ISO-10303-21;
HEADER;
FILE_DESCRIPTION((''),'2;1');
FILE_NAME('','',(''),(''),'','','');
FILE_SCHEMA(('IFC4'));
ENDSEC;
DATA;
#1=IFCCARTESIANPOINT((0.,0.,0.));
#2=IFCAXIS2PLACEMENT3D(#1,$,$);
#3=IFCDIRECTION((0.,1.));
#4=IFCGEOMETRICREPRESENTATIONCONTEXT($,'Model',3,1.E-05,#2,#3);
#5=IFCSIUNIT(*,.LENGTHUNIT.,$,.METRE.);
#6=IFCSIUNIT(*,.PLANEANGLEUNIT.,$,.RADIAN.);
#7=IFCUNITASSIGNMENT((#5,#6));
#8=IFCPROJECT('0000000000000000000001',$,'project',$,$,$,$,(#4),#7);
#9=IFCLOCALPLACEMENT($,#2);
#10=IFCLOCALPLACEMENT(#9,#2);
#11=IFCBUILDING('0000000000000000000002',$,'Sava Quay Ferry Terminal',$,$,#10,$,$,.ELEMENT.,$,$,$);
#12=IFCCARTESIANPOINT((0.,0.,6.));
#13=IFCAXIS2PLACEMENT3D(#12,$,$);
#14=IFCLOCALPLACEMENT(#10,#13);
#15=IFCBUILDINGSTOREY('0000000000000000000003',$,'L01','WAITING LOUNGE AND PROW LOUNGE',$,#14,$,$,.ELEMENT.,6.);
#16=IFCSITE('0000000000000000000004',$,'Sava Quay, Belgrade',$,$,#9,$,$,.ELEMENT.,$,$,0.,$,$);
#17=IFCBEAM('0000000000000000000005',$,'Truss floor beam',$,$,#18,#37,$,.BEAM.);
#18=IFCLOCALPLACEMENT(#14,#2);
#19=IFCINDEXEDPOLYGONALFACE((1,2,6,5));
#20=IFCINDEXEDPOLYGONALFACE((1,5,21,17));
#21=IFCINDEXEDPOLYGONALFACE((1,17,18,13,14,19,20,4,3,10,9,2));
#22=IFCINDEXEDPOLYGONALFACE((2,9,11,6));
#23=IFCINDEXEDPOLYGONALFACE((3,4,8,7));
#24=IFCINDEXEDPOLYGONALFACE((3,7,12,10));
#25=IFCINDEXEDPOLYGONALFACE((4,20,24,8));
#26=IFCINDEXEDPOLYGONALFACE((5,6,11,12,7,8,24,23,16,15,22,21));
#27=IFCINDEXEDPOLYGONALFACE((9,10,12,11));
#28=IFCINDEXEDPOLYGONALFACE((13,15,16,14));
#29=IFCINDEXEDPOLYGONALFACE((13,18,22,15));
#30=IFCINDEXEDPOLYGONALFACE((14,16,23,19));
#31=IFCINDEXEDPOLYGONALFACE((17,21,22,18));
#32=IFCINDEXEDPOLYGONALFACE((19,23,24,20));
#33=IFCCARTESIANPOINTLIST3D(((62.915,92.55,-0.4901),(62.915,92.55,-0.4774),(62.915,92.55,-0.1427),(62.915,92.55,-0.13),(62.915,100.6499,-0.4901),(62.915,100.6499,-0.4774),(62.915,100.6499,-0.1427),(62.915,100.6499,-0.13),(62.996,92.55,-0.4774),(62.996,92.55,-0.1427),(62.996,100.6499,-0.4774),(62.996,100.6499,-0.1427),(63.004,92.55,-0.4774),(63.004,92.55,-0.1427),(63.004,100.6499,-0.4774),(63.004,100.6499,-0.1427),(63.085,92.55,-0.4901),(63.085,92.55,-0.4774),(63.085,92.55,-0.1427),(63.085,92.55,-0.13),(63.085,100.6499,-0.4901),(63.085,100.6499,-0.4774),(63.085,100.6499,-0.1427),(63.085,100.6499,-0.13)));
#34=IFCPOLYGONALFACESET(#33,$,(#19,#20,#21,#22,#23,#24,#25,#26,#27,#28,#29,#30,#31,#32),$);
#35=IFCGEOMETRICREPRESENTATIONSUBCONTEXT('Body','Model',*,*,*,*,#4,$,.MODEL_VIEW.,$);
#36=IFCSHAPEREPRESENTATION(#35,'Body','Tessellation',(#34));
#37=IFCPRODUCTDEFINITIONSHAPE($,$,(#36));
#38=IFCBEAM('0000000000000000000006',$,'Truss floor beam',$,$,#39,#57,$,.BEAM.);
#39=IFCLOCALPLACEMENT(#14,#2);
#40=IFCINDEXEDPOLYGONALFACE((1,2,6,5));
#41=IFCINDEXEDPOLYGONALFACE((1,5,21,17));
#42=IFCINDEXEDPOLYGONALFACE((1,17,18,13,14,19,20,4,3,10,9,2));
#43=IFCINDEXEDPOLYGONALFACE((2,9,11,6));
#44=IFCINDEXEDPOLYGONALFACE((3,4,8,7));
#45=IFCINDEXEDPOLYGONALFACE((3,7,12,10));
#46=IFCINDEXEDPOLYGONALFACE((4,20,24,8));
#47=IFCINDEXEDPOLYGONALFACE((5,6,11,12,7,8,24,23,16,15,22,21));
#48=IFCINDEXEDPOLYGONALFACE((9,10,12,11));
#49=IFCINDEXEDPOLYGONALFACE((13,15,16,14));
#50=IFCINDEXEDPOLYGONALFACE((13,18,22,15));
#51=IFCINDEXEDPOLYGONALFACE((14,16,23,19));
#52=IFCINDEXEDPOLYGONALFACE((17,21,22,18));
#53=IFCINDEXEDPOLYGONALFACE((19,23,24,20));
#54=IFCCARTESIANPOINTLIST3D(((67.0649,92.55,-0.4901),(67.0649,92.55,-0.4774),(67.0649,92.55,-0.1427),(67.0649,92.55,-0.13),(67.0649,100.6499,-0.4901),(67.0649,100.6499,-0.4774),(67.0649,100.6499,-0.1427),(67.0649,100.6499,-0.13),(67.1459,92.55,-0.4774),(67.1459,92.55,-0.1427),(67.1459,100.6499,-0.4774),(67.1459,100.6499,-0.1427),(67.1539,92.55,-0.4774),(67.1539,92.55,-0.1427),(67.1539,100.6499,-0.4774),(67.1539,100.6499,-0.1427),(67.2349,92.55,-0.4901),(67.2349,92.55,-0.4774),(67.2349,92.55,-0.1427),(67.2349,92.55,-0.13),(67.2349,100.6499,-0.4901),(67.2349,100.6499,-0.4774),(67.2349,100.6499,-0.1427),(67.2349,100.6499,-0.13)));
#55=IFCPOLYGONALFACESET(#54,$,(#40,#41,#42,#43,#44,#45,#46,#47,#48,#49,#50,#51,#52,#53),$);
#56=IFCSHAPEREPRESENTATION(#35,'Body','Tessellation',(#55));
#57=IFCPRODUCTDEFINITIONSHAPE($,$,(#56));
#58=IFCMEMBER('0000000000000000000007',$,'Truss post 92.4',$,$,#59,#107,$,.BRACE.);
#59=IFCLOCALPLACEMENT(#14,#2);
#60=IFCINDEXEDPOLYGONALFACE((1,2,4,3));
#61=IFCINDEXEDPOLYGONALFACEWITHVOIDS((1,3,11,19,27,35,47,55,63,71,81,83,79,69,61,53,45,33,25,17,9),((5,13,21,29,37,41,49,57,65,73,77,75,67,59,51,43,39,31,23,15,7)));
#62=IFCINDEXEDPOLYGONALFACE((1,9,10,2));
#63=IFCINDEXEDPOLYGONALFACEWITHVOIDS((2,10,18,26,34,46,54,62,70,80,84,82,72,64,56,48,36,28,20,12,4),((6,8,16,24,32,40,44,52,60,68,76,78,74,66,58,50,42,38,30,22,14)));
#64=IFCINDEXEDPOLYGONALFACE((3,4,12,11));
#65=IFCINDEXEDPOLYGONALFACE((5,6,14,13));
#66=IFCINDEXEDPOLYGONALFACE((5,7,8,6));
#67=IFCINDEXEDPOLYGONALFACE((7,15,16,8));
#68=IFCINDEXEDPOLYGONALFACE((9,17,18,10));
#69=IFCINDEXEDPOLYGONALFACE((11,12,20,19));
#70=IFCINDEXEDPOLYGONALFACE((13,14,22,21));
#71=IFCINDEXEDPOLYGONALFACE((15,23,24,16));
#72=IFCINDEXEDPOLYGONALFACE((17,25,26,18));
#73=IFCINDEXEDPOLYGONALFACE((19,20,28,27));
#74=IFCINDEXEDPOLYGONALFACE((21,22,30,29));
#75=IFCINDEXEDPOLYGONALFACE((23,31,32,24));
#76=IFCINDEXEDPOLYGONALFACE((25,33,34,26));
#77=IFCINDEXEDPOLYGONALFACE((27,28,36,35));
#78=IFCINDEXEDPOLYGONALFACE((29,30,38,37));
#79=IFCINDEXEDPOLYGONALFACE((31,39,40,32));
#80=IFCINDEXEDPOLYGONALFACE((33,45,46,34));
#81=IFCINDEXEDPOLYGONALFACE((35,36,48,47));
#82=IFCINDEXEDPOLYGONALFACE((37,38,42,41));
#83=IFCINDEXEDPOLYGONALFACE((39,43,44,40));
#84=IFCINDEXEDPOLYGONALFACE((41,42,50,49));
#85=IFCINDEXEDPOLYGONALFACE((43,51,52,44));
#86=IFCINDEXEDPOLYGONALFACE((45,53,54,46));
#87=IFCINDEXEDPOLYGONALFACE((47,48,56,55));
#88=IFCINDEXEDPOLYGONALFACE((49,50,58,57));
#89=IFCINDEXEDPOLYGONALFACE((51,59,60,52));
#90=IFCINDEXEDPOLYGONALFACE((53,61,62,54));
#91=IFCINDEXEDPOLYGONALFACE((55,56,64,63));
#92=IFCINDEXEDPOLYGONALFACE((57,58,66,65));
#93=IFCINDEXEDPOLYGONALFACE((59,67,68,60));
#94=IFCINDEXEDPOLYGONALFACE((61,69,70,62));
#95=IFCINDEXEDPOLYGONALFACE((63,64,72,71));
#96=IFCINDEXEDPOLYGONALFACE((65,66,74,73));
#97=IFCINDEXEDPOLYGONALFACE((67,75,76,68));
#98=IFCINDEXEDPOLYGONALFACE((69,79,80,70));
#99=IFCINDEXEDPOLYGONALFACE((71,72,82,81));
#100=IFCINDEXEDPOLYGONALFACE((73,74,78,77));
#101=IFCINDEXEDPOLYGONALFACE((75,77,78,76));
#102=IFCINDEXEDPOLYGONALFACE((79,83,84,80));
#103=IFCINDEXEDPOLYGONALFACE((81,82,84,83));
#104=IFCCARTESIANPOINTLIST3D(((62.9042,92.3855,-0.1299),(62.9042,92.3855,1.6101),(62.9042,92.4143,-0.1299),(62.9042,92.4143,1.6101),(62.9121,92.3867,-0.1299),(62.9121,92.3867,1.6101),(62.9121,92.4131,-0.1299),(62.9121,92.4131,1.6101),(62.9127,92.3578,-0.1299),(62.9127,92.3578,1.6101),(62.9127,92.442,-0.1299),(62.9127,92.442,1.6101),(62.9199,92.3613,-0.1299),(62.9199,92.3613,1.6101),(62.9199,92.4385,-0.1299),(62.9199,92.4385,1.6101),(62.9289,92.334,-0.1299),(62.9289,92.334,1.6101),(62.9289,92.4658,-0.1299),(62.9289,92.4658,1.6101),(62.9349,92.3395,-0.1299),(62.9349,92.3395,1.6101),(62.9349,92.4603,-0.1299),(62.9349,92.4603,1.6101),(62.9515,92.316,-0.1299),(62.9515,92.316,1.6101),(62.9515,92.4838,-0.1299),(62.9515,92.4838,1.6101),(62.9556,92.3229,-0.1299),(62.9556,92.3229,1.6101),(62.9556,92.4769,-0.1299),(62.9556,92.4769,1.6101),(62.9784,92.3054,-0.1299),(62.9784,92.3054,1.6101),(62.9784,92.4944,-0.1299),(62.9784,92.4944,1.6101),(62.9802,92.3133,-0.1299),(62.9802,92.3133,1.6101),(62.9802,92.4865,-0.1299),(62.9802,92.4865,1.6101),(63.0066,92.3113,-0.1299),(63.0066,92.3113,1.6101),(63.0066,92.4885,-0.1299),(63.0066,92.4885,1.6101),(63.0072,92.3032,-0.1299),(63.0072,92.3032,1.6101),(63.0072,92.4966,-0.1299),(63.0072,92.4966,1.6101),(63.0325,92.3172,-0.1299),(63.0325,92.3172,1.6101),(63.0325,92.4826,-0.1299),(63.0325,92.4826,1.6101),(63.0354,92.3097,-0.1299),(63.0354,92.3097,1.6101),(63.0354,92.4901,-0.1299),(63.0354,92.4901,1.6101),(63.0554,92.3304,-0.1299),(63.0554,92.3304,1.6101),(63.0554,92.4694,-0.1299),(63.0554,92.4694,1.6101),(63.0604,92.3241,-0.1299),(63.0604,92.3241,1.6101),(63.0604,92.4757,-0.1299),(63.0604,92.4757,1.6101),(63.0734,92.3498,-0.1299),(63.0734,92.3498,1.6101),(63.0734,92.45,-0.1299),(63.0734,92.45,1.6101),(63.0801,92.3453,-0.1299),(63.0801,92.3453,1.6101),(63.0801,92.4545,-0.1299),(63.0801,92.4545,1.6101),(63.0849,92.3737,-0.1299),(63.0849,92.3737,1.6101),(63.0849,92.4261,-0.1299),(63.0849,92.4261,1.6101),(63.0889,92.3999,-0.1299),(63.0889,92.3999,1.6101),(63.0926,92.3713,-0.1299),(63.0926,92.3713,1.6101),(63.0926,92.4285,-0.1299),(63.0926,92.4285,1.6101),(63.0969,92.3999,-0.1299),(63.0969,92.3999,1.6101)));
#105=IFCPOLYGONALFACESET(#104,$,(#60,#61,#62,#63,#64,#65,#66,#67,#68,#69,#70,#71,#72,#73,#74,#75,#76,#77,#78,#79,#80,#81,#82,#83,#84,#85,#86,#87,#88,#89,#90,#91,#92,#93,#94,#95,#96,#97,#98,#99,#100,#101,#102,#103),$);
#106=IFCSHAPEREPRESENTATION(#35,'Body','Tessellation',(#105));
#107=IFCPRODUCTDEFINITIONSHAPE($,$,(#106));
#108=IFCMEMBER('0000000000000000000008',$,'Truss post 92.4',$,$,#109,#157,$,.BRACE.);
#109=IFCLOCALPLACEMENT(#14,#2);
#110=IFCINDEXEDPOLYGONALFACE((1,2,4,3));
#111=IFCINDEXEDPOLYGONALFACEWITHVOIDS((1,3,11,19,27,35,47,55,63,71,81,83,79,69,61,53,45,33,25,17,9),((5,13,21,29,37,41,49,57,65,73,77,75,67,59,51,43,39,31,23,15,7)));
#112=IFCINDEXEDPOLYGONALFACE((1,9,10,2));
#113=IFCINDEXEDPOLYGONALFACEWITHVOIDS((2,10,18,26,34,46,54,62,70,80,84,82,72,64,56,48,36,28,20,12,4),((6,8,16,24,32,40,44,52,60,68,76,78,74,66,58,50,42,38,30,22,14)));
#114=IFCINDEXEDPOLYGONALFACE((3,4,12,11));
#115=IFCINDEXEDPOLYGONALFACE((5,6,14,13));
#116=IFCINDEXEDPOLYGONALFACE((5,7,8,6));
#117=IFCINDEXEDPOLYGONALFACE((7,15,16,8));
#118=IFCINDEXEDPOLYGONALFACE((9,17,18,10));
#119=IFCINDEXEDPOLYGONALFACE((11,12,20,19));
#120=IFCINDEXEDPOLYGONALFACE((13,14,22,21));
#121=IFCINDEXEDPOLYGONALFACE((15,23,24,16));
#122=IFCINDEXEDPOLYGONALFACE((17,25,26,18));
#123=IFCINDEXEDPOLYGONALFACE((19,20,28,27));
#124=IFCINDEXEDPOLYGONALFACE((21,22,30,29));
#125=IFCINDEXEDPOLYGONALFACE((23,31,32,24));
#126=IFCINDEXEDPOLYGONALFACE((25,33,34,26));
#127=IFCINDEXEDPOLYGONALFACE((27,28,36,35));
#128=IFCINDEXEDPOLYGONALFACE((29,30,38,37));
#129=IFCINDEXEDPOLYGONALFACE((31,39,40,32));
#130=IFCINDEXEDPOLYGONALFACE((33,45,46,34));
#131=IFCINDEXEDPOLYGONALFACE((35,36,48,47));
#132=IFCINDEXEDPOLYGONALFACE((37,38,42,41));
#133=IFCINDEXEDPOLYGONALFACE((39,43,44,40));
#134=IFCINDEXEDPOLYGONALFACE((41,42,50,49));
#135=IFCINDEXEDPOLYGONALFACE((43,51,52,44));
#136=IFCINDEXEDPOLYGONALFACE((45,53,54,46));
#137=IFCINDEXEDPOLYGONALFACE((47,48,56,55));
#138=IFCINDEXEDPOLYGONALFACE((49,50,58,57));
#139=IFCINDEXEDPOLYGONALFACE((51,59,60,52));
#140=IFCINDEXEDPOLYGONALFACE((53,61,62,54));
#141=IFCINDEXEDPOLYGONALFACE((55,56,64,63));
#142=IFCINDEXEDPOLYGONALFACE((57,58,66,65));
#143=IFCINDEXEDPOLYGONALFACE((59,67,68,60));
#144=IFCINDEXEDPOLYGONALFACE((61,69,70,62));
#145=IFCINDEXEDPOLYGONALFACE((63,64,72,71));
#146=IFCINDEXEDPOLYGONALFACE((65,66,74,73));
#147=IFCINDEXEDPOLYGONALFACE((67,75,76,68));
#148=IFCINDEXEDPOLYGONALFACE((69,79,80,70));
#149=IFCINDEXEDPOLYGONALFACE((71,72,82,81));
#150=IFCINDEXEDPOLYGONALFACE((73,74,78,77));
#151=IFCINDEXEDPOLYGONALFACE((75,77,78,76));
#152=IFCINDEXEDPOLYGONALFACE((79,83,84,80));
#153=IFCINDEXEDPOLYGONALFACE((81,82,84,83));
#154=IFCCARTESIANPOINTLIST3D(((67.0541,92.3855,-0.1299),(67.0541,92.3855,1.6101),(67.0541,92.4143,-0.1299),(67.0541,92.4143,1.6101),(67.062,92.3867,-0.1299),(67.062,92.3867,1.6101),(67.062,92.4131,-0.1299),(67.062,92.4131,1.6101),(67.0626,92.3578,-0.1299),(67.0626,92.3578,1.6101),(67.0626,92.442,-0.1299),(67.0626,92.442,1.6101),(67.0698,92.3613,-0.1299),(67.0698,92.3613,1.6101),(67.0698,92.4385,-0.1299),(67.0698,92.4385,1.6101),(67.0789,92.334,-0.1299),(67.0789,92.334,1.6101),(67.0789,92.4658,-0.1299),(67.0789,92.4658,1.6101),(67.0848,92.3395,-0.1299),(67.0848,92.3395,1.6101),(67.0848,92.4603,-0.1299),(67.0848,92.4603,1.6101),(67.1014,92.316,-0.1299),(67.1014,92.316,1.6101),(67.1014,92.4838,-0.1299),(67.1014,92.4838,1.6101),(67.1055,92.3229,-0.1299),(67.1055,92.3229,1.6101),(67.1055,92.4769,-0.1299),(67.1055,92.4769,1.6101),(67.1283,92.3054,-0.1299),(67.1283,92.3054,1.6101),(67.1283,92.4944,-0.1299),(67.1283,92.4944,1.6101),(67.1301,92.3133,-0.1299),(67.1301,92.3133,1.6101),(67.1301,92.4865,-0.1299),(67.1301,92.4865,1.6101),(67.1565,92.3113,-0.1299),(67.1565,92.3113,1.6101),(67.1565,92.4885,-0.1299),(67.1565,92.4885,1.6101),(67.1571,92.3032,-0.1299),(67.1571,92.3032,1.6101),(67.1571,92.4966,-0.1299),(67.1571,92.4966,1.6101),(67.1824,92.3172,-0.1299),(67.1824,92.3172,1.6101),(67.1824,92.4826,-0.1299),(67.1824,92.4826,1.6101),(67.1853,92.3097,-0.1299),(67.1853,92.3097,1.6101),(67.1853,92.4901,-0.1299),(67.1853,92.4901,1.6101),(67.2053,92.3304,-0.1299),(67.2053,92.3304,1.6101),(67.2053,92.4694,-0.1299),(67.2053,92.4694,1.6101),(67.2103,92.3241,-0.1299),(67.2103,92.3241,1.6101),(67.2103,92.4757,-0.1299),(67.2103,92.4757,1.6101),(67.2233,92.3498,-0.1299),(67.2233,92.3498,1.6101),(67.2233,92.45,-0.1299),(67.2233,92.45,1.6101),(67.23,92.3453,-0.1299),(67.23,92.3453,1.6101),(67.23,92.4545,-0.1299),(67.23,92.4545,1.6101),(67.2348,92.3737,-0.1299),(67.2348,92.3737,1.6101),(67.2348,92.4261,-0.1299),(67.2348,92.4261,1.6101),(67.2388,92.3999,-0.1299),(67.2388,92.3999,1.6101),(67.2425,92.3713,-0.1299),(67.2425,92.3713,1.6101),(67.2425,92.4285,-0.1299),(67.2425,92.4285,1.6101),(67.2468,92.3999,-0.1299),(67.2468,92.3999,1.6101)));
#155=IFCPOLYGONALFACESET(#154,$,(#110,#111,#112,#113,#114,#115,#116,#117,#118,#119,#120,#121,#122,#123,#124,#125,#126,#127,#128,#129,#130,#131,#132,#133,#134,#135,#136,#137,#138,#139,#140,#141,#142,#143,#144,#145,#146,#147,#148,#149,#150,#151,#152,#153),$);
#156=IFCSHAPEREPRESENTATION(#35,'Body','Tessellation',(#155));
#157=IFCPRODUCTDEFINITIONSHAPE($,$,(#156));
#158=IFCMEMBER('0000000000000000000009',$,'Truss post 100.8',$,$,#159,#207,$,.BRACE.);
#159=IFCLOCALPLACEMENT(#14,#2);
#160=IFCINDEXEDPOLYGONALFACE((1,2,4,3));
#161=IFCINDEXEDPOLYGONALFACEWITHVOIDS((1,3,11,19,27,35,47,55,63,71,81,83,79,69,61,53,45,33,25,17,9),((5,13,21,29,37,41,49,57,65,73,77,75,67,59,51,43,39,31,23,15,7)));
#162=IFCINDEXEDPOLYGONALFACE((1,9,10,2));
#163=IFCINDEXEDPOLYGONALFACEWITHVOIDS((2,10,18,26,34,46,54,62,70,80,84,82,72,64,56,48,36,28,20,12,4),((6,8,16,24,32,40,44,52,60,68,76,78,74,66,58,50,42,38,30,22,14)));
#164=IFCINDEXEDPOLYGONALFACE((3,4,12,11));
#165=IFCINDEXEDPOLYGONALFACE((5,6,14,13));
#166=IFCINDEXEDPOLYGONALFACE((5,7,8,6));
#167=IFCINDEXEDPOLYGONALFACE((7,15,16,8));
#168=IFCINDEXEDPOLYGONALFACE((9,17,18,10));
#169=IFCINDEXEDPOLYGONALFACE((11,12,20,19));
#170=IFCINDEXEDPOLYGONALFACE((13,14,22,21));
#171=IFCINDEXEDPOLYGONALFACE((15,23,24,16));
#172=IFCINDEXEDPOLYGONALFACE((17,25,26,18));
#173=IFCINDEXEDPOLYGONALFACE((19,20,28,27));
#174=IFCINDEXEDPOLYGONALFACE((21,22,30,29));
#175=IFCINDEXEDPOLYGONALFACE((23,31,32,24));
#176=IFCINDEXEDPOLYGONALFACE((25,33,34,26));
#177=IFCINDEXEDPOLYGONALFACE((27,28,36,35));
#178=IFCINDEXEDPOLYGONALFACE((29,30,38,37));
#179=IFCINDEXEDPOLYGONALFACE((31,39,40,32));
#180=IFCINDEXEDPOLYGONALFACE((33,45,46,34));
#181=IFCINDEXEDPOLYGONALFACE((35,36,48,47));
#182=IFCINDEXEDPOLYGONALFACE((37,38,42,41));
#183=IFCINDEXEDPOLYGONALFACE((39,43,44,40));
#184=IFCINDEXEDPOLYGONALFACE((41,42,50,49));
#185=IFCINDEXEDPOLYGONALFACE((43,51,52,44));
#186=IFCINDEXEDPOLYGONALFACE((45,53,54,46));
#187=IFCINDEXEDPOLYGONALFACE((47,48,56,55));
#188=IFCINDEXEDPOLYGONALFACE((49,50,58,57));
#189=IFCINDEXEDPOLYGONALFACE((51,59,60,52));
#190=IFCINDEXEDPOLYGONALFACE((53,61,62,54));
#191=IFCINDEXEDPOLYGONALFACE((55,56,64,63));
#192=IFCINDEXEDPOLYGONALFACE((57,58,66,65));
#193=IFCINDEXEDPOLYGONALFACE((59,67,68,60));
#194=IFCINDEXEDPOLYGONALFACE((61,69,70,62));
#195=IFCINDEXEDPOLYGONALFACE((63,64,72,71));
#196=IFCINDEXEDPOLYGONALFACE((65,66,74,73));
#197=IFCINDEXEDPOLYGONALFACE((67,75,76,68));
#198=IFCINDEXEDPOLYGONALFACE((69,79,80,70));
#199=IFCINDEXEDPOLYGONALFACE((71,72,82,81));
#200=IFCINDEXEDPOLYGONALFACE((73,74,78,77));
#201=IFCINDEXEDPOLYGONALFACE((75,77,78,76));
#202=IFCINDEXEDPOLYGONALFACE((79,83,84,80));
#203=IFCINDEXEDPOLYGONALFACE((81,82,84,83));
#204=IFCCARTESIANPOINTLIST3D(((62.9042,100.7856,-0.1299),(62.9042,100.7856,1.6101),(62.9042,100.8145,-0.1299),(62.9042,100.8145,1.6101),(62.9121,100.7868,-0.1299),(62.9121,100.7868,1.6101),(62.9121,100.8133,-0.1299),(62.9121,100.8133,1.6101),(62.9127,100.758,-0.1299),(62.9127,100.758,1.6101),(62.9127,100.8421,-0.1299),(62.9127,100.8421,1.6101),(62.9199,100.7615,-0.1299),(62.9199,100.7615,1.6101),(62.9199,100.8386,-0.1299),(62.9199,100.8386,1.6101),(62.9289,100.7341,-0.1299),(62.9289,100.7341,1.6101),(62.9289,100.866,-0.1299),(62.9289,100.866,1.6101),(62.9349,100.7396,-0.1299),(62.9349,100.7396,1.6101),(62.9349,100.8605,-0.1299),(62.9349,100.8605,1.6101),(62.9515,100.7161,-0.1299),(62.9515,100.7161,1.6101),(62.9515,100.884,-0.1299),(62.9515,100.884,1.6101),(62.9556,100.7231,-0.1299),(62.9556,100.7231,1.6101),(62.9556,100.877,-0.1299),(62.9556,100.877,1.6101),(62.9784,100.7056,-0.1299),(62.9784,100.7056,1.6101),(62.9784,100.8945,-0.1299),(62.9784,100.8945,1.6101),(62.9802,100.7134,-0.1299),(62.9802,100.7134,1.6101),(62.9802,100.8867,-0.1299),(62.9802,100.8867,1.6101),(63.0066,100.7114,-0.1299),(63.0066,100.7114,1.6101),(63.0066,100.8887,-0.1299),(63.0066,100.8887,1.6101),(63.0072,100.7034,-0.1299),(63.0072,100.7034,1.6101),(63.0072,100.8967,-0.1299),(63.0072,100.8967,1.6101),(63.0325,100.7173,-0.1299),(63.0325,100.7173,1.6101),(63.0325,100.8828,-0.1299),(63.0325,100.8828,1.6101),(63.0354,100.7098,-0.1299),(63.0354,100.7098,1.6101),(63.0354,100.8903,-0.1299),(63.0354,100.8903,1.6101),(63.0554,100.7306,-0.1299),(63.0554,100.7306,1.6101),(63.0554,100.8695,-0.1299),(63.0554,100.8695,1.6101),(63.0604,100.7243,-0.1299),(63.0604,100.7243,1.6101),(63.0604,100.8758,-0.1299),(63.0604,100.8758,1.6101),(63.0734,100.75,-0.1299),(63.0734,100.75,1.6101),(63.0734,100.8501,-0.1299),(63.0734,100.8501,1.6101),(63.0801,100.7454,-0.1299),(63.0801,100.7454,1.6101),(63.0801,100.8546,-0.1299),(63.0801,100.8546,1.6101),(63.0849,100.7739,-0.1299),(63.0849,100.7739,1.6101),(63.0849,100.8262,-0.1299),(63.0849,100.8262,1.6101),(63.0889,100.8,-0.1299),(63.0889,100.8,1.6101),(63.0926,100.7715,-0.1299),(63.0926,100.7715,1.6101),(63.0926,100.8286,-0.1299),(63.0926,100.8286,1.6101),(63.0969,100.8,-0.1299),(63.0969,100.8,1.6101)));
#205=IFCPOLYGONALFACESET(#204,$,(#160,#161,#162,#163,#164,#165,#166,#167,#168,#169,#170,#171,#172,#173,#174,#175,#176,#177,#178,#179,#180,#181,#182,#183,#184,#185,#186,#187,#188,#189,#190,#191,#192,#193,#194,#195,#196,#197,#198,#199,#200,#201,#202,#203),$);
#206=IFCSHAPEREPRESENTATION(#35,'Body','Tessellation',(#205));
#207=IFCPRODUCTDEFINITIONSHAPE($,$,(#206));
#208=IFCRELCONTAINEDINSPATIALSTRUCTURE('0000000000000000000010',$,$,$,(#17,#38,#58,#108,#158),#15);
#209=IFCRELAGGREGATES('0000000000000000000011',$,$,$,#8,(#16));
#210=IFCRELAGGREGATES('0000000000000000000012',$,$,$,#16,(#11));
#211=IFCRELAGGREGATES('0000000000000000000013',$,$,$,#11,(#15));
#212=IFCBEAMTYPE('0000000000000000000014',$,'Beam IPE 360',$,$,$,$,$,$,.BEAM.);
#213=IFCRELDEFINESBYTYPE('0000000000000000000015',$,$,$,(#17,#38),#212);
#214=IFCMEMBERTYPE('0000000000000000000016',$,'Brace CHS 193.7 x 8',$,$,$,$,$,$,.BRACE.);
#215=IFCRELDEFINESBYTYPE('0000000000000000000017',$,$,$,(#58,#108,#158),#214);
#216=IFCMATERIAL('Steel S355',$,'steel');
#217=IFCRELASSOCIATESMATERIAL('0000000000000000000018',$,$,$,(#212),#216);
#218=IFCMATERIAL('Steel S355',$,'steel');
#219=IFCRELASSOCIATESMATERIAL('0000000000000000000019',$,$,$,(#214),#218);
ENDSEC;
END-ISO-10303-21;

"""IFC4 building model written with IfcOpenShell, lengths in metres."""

from ifc_helpers import new_model, si_unit, direction, frame, origin, origin_2d, place, context, subcontext, project, spatial, hollow_circle, i_section, extrude, material, material_profile, profile_set, type_object, element, save


model = new_model("IFC4")

# Units and contexts
model_context = context("Model", 3, precision=1e-05, world=origin(), true_north=direction((0.0, 1.0)))
body_context = subcontext(model_context, "Body", "Model", "MODEL_VIEW")
ifc_project = project(units=[si_unit("LENGTHUNIT", "METRE"), si_unit("PLANEANGLEUNIT", "RADIAN")], contexts=[model_context])

# Site, building, storey
site_placement = place(None, origin())
site = spatial("IfcSite", under=ifc_project, at=site_placement, Name="Sava Quay, Belgrade", CompositionType="ELEMENT", RefElevation=0.0)
building_placement = place(site_placement, origin())
building = spatial("IfcBuilding", under=site, at=building_placement, Name="Sava Quay Ferry Terminal", CompositionType="ELEMENT")
storey_placement = place(building_placement, frame((0.0, 0.0, 6.0)))
storey = spatial("IfcBuildingStorey", under=building, at=storey_placement, Name="L01", Description="WAITING LOUNGE AND PROW LOUNGE", CompositionType="ELEMENT", Elevation=6.0)

# Beams
ifc_material_1 = material(Name="Steel S355", Category="steel")
ifc_material_profile_1 = material_profile(ifc_material_1, i_section(OverallWidth=0.1699, OverallDepth=0.3601, WebThickness=0.0081, FlangeThickness=0.0127, at=origin_2d()), Name="IPE 360")
ifc_profile_set_1 = profile_set([ifc_material_profile_1], Name="Steel S355")
beam_type = type_object("IfcBeamType", Name="Beam IPE 360", PredefinedType="BEAM", material=ifc_profile_set_1)
for number, where, z_axis, x_axis, name in (
    (1, (63.0, 92.55, -0.3101), (0.0, 1.0, 0.0), (-1.0, 0.0, 0.0), "Truss floor beam"),
    (2, (67.1499, 92.55, -0.3101), (0.0, 1.0, 0.0), (-1.0, 0.0, 0.0), "Truss floor beam"),
):
    element("IfcBeam", number, at=place(storey_placement, frame(where, z_axis=z_axis, x_axis=x_axis)), inside=storey, type_object=beam_type, Name=name, PredefinedType="BEAM", context=body_context, shape_type="SweptSolid", body=[
        extrude(i_section(OverallWidth=0.1699, OverallDepth=0.3601, WebThickness=0.0081, FlangeThickness=0.0127, at=origin_2d()), origin(), (0.0, 0.0, 1.0), 8.0999),
    ])

# Members
ifc_material_2 = material(Name="Steel S355", Category="steel")
ifc_material_profile_2 = material_profile(ifc_material_2, hollow_circle(Radius=0.0969, WallThickness=0.0081, at=origin_2d()), Name="CHS 193.7 x 8")
ifc_profile_set_2 = profile_set([ifc_material_profile_2], Name="Steel S355")
member_type_1 = type_object("IfcMemberType", Name="Brace CHS 193.7 x 8", PredefinedType="BRACE", material=ifc_profile_set_2)
for number, where, z_axis, x_axis, name in (
    (3, (63.0, 92.3999, -0.1299), (0.0, 0.0, 1.0), (1.0, 0.0, 0.0), "Truss post 92.4"),
    (4, (67.1499, 92.3999, -0.1299), (0.0, 0.0, 1.0), (1.0, 0.0, 0.0), "Truss post 92.4"),
    (5, (63.0, 100.8, -0.1299), (0.0, 0.0, 1.0), (1.0, 0.0, 0.0), "Truss post 100.8"),
):
    element("IfcMember", number, at=place(storey_placement, frame(where, z_axis=z_axis, x_axis=x_axis)), inside=storey, type_object=member_type_1, Name=name, PredefinedType="BRACE", context=body_context, shape_type="SweptSolid", body=[
        extrude(hollow_circle(Radius=0.0969, WallThickness=0.0081, at=origin_2d()), origin(), (0.0, 0.0, 1.0), 1.74),
    ])

save(model, "model.ifc")
